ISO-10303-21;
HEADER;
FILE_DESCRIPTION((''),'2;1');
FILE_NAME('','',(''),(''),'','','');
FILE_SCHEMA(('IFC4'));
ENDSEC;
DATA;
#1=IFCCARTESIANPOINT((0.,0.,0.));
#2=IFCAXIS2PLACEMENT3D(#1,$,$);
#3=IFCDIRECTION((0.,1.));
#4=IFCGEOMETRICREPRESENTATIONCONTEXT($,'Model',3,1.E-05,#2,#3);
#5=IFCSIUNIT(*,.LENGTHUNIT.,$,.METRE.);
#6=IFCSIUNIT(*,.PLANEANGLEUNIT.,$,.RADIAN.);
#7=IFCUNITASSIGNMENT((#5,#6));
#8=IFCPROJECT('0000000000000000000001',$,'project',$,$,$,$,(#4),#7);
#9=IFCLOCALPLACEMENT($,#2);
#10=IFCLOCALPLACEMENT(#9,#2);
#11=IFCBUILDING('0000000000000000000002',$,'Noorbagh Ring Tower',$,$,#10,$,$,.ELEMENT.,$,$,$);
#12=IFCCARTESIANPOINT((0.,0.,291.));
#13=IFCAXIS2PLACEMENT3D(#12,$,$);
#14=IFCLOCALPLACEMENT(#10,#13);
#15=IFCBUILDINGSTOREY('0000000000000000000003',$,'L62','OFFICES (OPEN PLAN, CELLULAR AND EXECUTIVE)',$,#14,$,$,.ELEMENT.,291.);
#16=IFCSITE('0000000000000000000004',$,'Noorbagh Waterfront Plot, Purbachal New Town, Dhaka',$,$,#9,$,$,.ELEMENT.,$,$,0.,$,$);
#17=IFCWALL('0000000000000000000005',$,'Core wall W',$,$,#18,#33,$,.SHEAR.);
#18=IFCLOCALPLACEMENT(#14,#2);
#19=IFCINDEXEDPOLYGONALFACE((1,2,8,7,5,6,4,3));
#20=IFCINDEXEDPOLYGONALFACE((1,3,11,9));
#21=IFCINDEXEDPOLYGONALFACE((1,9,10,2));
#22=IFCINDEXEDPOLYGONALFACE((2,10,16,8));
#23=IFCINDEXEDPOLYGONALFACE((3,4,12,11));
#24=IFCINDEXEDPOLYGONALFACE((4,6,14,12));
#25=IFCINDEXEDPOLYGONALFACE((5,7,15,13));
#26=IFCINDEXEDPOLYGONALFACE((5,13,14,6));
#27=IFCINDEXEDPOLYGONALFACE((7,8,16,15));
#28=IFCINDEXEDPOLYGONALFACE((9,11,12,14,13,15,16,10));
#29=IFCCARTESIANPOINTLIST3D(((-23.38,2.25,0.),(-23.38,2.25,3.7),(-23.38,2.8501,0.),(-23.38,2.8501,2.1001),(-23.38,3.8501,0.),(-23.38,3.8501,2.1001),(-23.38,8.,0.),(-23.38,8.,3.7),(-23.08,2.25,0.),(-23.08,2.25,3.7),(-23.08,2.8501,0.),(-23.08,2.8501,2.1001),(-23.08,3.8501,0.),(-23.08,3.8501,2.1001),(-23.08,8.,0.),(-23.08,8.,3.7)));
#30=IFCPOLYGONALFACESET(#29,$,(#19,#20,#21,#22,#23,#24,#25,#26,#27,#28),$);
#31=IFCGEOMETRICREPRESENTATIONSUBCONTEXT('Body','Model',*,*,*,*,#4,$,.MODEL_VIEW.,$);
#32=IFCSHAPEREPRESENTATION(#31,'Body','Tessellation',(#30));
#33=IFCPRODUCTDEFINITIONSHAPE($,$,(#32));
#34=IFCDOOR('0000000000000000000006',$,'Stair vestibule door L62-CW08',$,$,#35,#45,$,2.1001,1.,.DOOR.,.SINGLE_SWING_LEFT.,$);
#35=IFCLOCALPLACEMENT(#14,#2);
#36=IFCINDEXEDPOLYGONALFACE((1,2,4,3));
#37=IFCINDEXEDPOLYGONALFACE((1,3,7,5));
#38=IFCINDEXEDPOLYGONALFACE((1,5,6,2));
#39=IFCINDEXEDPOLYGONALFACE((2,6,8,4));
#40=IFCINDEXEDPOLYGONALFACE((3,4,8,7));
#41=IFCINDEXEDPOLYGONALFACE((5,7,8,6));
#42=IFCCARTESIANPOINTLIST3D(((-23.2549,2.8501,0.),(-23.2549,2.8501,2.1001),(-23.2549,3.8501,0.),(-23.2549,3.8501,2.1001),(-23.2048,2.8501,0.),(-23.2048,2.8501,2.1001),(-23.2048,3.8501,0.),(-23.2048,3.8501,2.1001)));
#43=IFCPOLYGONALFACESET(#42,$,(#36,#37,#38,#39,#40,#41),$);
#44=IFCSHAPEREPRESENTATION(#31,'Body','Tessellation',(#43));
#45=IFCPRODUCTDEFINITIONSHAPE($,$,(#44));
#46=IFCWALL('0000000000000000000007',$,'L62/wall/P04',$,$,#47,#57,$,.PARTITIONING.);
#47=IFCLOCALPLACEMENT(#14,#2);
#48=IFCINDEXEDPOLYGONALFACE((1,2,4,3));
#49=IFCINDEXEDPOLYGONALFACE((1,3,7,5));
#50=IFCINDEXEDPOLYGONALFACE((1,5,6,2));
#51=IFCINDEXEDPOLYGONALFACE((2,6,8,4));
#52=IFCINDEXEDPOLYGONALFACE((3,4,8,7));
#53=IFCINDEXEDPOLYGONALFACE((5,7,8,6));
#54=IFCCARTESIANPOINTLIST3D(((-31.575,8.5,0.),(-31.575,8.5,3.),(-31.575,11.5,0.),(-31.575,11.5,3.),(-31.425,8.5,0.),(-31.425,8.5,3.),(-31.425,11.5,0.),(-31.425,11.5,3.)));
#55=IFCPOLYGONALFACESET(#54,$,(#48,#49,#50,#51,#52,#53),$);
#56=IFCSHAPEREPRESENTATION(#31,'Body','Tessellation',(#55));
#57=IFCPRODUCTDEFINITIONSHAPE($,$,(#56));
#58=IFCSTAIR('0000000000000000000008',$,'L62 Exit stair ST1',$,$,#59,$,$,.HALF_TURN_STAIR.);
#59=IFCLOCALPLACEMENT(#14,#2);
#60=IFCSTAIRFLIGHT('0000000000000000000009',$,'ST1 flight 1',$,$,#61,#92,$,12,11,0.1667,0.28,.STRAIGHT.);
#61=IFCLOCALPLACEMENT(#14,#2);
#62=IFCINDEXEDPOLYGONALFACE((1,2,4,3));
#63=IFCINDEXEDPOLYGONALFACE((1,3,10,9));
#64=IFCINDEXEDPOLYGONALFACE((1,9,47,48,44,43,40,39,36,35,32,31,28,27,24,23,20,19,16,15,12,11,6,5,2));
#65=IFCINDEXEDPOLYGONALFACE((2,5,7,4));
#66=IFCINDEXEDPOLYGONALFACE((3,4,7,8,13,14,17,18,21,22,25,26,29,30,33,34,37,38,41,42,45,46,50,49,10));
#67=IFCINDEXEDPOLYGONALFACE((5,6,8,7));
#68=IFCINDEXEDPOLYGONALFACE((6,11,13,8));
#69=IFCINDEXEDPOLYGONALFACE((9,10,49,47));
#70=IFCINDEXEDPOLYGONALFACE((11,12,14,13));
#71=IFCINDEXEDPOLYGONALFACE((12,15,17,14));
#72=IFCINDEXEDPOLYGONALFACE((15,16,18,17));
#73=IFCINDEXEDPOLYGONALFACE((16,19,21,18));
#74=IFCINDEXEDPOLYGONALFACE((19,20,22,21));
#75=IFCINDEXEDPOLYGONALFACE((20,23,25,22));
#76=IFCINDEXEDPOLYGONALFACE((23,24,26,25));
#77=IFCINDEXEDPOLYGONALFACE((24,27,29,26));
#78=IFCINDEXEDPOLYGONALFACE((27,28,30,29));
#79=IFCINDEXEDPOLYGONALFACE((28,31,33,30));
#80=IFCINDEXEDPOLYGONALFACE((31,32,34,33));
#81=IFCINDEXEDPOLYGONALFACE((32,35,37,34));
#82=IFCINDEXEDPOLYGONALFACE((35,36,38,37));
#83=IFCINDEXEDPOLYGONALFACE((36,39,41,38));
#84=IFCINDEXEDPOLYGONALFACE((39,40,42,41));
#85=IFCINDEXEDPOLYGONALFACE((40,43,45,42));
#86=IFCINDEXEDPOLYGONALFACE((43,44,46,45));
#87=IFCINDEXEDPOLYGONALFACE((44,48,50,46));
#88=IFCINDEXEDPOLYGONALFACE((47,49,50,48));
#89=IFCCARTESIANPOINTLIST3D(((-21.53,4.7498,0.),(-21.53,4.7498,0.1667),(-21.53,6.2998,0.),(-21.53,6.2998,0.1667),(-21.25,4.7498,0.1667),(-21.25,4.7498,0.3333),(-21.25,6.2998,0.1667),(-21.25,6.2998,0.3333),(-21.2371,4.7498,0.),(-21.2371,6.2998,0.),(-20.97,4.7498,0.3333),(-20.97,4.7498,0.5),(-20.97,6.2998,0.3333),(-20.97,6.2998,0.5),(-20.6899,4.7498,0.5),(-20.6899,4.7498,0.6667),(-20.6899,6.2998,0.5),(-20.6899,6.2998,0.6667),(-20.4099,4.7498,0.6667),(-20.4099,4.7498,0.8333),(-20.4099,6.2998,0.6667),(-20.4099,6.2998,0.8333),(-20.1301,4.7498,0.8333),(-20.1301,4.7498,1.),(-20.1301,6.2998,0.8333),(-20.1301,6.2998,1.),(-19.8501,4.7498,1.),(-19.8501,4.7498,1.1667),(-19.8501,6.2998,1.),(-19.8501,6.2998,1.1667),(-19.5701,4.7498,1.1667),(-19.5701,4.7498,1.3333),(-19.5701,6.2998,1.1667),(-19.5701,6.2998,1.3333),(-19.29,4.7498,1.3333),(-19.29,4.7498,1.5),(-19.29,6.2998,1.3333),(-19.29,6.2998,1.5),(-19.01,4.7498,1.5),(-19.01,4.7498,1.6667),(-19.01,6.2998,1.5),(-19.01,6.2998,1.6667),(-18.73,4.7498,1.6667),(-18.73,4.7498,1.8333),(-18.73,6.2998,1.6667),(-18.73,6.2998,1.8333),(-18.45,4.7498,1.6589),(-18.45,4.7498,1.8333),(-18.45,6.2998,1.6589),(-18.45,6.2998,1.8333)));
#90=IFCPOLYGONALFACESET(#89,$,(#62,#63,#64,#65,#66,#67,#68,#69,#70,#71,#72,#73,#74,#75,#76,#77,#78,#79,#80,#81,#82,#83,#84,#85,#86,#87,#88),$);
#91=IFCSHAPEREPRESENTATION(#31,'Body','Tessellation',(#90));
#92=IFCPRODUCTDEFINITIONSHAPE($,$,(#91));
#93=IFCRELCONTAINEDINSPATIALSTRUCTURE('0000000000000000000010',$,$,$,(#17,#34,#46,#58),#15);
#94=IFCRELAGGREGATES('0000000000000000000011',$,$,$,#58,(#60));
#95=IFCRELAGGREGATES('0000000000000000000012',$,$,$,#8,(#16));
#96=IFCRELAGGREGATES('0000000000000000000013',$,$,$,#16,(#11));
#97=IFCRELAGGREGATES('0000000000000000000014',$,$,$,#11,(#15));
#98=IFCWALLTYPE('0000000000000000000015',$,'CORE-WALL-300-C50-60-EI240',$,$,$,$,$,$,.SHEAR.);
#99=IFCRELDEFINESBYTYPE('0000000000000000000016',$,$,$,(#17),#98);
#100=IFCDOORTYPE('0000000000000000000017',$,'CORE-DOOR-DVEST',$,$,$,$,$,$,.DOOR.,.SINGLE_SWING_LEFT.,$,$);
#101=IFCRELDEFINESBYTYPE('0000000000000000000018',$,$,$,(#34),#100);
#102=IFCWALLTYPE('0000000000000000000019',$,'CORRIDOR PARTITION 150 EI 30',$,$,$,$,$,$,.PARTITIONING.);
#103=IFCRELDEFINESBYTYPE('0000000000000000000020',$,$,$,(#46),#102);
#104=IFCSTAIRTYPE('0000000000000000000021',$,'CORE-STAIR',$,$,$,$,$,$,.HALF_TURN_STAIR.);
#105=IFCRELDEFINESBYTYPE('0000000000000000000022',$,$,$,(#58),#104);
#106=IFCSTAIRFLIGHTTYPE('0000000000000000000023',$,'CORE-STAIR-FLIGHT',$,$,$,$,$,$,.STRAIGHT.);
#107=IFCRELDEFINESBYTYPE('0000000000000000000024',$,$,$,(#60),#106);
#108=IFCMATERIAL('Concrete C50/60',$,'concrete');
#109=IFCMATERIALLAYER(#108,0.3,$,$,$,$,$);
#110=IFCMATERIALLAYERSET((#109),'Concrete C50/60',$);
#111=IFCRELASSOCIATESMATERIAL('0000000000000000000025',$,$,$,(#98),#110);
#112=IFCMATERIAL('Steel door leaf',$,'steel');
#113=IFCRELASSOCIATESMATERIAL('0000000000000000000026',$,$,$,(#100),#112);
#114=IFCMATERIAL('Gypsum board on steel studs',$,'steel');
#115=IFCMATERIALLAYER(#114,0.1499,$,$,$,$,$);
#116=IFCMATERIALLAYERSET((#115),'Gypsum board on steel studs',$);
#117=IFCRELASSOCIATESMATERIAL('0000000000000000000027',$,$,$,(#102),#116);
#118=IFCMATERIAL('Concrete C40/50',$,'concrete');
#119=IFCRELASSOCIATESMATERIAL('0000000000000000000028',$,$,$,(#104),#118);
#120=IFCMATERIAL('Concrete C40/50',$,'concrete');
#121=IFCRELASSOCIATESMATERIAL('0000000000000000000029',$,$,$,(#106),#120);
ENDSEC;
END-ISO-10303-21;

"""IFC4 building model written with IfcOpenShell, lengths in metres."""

from ifc_helpers import new_model, si_unit, direction, frame, frame_2d, origin, place, context, subcontext, project, spatial, polyline, rectangle, outline, extrude, material, layer, layer_set, type_object, element, fill, aggregate, save


model = new_model("IFC4")

# Units and contexts
model_context = context("Model", 3, precision=1e-05, world=origin(), true_north=direction((0.0, 1.0)))
body_context = subcontext(model_context, "Body", "Model", "MODEL_VIEW")
ifc_project = project(units=[si_unit("LENGTHUNIT", "METRE"), si_unit("PLANEANGLEUNIT", "RADIAN")], contexts=[model_context])

# Site, building, storey
site_placement = place(None, origin())
site = spatial("IfcSite", under=ifc_project, at=site_placement, Name="Noorbagh Waterfront Plot, Purbachal New Town, Dhaka", CompositionType="ELEMENT", RefElevation=0.0)
building_placement = place(site_placement, origin())
building = spatial("IfcBuilding", under=site, at=building_placement, Name="Noorbagh Ring Tower", CompositionType="ELEMENT")
storey_placement = place(building_placement, frame((0.0, 0.0, 291.0)))
storey = spatial("IfcBuildingStorey", under=building, at=storey_placement, Name="L62", Description="OFFICES (OPEN PLAN, CELLULAR AND EXECUTIVE)", CompositionType="ELEMENT", Elevation=291.0)

# Shared definitions
ifc_material_1 = material(Name="Concrete C50/60", Category="concrete")
ifc_layer_1 = layer(ifc_material_1, 0.3)
ifc_layer_set_1 = layer_set([ifc_layer_1], Name="Concrete C50/60")
wall_type_1 = type_object("IfcWallType", Name="CORE-WALL-300-C50-60-EI240", PredefinedType="SHEAR", material=ifc_layer_set_1)

# Wall, opening, door
wall_1_placement = place(storey_placement, frame((-23.23, 2.25, 0.0), z_axis=(0.0, 0.0, 1.0), x_axis=(0.0, 1.0, 0.0)))
wall_1 = element("IfcWall", 1, at=wall_1_placement, inside=storey, type_object=wall_type_1, Name="Core wall W", PredefinedType="SHEAR", context=body_context, shape_type="SweptSolid", body=[
    extrude(rectangle(XDim=5.75, YDim=0.3, at=frame_2d((2.875, 0.0))), origin(), (0.0, 0.0, 1.0), 3.7),
])
opening_placement = place(wall_1_placement, frame((0.6001, 0.0, 0.0)))
opening = element("IfcOpeningElement", 2, at=opening_placement, cuts=wall_1, PredefinedType="OPENING", context=body_context, shape_type="SweptSolid", body=[
    extrude(rectangle(XDim=1.0, YDim=2.1001, at=frame_2d((0.5, 1.05))), frame((0.0, 0.1602, 0.0), z_axis=(0.0, -1.0, 0.0), x_axis=(1.0, 0.0, 0.0)), (0.0, 0.0, 1.0), 0.3201),
])
ifc_material_2 = material(Name="Steel door leaf", Category="steel")
door_type = type_object("IfcDoorType", Name="CORE-DOOR-DVEST", OperationType="SINGLE_SWING_LEFT", PredefinedType="DOOR", material=ifc_material_2)
door_placement = place(opening_placement, origin())
door = element("IfcDoor", 3, at=door_placement, inside=storey, type_object=door_type, Name="Stair vestibule door L62-CW08", OperationType="SINGLE_SWING_LEFT", OverallHeight=2.1001, OverallWidth=1.0, PredefinedType="DOOR", context=body_context, shape_type="SweptSolid", body=[
    extrude(rectangle(XDim=1.0, YDim=2.1001, at=frame_2d((0.5, 1.05))), frame((0.0, 0.0249, 0.0), z_axis=(0.0, -1.0, 0.0), x_axis=(1.0, 0.0, 0.0)), (0.0, 0.0, 1.0), 0.05),
])
fill(opening, door)

# Wall
ifc_material_3 = material(Name="Gypsum board on steel studs", Category="steel")
ifc_layer_2 = layer(ifc_material_3, 0.1499)
ifc_layer_set_2 = layer_set([ifc_layer_2], Name="Gypsum board on steel studs")
wall_type_2 = type_object("IfcWallType", Name="CORRIDOR PARTITION 150 EI 30", PredefinedType="PARTITIONING", material=ifc_layer_set_2)
wall_2_placement = place(storey_placement, frame((-31.5, 8.5, 0.0), z_axis=(0.0, 0.0, 1.0), x_axis=(0.0, 1.0, 0.0)))
element("IfcWall", 4, at=wall_2_placement, inside=storey, type_object=wall_type_2, Name="L62/wall/P04", PredefinedType="PARTITIONING", context=body_context, shape_type="SweptSolid", body=[
    extrude(rectangle(XDim=3.0, YDim=0.1499, at=frame_2d((1.5, 0.0))), origin(), (0.0, 0.0, 1.0), 3.0),
])

# Stair, stair flight
ifc_material_4 = material(Name="Concrete C40/50", Category="concrete")
stair_type = type_object("IfcStairType", Name="CORE-STAIR", PredefinedType="HALF_TURN_STAIR", material=ifc_material_4)
stair_placement = place(storey_placement, origin())
stair = element("IfcStair", 5, at=stair_placement, inside=storey, type_object=stair_type, Name="L62 Exit stair ST1", PredefinedType="HALF_TURN_STAIR")
ifc_material_5 = material(Name="Concrete C40/50", Category="concrete")
stair_flight_type = type_object("IfcStairFlightType", Name="CORE-STAIR-FLIGHT", PredefinedType="STRAIGHT", material=ifc_material_5)
stair_flight_placement = place(storey_placement, frame((-21.53, 5.5249, 0.0), z_axis=(0.0, 0.0, 1.0), x_axis=(1.0, 0.0, 0.0)))
stair_flight = element("IfcStairFlight", 6, at=stair_flight_placement, type_object=stair_flight_type, Name="ST1 flight 1", NumberOfRisers=12, NumberOfTreads=11, PredefinedType="STRAIGHT", RiserHeight=0.1667, TreadLength=0.28, context=body_context, shape_type="SweptSolid", body=[
    extrude(outline(polyline([(0.0, 0.0), (0.0, 0.1667), (0.28, 0.1667), (0.28, 0.3333), (0.5601, 0.3333), (0.5601, 0.5), (0.8401, 0.5), (0.8401, 0.6667), (1.1201, 0.6667), (1.1201, 0.8333), (1.3999, 0.8333), (1.3999, 1.0), (1.6799, 1.0), (1.6799, 1.1667), (1.96, 1.1667), (1.96, 1.3333), (2.24, 1.3333), (2.24, 1.5), (2.52, 1.5), (2.52, 1.6667), (2.8, 1.6667), (2.8, 1.8333), (3.0801, 1.8333), (3.0801, 2.0), (3.0801, 1.6589), (0.293, 0.0), (0.0, 0.0)])), frame((0.0, 0.7749, 0.0), z_axis=(0.0, -1.0, 0.0), x_axis=(1.0, 0.0, 0.0)), (0.0, 0.0, 1.0), 1.55),
])
aggregate(stair, [stair_flight])

save(model, "model.ifc")
